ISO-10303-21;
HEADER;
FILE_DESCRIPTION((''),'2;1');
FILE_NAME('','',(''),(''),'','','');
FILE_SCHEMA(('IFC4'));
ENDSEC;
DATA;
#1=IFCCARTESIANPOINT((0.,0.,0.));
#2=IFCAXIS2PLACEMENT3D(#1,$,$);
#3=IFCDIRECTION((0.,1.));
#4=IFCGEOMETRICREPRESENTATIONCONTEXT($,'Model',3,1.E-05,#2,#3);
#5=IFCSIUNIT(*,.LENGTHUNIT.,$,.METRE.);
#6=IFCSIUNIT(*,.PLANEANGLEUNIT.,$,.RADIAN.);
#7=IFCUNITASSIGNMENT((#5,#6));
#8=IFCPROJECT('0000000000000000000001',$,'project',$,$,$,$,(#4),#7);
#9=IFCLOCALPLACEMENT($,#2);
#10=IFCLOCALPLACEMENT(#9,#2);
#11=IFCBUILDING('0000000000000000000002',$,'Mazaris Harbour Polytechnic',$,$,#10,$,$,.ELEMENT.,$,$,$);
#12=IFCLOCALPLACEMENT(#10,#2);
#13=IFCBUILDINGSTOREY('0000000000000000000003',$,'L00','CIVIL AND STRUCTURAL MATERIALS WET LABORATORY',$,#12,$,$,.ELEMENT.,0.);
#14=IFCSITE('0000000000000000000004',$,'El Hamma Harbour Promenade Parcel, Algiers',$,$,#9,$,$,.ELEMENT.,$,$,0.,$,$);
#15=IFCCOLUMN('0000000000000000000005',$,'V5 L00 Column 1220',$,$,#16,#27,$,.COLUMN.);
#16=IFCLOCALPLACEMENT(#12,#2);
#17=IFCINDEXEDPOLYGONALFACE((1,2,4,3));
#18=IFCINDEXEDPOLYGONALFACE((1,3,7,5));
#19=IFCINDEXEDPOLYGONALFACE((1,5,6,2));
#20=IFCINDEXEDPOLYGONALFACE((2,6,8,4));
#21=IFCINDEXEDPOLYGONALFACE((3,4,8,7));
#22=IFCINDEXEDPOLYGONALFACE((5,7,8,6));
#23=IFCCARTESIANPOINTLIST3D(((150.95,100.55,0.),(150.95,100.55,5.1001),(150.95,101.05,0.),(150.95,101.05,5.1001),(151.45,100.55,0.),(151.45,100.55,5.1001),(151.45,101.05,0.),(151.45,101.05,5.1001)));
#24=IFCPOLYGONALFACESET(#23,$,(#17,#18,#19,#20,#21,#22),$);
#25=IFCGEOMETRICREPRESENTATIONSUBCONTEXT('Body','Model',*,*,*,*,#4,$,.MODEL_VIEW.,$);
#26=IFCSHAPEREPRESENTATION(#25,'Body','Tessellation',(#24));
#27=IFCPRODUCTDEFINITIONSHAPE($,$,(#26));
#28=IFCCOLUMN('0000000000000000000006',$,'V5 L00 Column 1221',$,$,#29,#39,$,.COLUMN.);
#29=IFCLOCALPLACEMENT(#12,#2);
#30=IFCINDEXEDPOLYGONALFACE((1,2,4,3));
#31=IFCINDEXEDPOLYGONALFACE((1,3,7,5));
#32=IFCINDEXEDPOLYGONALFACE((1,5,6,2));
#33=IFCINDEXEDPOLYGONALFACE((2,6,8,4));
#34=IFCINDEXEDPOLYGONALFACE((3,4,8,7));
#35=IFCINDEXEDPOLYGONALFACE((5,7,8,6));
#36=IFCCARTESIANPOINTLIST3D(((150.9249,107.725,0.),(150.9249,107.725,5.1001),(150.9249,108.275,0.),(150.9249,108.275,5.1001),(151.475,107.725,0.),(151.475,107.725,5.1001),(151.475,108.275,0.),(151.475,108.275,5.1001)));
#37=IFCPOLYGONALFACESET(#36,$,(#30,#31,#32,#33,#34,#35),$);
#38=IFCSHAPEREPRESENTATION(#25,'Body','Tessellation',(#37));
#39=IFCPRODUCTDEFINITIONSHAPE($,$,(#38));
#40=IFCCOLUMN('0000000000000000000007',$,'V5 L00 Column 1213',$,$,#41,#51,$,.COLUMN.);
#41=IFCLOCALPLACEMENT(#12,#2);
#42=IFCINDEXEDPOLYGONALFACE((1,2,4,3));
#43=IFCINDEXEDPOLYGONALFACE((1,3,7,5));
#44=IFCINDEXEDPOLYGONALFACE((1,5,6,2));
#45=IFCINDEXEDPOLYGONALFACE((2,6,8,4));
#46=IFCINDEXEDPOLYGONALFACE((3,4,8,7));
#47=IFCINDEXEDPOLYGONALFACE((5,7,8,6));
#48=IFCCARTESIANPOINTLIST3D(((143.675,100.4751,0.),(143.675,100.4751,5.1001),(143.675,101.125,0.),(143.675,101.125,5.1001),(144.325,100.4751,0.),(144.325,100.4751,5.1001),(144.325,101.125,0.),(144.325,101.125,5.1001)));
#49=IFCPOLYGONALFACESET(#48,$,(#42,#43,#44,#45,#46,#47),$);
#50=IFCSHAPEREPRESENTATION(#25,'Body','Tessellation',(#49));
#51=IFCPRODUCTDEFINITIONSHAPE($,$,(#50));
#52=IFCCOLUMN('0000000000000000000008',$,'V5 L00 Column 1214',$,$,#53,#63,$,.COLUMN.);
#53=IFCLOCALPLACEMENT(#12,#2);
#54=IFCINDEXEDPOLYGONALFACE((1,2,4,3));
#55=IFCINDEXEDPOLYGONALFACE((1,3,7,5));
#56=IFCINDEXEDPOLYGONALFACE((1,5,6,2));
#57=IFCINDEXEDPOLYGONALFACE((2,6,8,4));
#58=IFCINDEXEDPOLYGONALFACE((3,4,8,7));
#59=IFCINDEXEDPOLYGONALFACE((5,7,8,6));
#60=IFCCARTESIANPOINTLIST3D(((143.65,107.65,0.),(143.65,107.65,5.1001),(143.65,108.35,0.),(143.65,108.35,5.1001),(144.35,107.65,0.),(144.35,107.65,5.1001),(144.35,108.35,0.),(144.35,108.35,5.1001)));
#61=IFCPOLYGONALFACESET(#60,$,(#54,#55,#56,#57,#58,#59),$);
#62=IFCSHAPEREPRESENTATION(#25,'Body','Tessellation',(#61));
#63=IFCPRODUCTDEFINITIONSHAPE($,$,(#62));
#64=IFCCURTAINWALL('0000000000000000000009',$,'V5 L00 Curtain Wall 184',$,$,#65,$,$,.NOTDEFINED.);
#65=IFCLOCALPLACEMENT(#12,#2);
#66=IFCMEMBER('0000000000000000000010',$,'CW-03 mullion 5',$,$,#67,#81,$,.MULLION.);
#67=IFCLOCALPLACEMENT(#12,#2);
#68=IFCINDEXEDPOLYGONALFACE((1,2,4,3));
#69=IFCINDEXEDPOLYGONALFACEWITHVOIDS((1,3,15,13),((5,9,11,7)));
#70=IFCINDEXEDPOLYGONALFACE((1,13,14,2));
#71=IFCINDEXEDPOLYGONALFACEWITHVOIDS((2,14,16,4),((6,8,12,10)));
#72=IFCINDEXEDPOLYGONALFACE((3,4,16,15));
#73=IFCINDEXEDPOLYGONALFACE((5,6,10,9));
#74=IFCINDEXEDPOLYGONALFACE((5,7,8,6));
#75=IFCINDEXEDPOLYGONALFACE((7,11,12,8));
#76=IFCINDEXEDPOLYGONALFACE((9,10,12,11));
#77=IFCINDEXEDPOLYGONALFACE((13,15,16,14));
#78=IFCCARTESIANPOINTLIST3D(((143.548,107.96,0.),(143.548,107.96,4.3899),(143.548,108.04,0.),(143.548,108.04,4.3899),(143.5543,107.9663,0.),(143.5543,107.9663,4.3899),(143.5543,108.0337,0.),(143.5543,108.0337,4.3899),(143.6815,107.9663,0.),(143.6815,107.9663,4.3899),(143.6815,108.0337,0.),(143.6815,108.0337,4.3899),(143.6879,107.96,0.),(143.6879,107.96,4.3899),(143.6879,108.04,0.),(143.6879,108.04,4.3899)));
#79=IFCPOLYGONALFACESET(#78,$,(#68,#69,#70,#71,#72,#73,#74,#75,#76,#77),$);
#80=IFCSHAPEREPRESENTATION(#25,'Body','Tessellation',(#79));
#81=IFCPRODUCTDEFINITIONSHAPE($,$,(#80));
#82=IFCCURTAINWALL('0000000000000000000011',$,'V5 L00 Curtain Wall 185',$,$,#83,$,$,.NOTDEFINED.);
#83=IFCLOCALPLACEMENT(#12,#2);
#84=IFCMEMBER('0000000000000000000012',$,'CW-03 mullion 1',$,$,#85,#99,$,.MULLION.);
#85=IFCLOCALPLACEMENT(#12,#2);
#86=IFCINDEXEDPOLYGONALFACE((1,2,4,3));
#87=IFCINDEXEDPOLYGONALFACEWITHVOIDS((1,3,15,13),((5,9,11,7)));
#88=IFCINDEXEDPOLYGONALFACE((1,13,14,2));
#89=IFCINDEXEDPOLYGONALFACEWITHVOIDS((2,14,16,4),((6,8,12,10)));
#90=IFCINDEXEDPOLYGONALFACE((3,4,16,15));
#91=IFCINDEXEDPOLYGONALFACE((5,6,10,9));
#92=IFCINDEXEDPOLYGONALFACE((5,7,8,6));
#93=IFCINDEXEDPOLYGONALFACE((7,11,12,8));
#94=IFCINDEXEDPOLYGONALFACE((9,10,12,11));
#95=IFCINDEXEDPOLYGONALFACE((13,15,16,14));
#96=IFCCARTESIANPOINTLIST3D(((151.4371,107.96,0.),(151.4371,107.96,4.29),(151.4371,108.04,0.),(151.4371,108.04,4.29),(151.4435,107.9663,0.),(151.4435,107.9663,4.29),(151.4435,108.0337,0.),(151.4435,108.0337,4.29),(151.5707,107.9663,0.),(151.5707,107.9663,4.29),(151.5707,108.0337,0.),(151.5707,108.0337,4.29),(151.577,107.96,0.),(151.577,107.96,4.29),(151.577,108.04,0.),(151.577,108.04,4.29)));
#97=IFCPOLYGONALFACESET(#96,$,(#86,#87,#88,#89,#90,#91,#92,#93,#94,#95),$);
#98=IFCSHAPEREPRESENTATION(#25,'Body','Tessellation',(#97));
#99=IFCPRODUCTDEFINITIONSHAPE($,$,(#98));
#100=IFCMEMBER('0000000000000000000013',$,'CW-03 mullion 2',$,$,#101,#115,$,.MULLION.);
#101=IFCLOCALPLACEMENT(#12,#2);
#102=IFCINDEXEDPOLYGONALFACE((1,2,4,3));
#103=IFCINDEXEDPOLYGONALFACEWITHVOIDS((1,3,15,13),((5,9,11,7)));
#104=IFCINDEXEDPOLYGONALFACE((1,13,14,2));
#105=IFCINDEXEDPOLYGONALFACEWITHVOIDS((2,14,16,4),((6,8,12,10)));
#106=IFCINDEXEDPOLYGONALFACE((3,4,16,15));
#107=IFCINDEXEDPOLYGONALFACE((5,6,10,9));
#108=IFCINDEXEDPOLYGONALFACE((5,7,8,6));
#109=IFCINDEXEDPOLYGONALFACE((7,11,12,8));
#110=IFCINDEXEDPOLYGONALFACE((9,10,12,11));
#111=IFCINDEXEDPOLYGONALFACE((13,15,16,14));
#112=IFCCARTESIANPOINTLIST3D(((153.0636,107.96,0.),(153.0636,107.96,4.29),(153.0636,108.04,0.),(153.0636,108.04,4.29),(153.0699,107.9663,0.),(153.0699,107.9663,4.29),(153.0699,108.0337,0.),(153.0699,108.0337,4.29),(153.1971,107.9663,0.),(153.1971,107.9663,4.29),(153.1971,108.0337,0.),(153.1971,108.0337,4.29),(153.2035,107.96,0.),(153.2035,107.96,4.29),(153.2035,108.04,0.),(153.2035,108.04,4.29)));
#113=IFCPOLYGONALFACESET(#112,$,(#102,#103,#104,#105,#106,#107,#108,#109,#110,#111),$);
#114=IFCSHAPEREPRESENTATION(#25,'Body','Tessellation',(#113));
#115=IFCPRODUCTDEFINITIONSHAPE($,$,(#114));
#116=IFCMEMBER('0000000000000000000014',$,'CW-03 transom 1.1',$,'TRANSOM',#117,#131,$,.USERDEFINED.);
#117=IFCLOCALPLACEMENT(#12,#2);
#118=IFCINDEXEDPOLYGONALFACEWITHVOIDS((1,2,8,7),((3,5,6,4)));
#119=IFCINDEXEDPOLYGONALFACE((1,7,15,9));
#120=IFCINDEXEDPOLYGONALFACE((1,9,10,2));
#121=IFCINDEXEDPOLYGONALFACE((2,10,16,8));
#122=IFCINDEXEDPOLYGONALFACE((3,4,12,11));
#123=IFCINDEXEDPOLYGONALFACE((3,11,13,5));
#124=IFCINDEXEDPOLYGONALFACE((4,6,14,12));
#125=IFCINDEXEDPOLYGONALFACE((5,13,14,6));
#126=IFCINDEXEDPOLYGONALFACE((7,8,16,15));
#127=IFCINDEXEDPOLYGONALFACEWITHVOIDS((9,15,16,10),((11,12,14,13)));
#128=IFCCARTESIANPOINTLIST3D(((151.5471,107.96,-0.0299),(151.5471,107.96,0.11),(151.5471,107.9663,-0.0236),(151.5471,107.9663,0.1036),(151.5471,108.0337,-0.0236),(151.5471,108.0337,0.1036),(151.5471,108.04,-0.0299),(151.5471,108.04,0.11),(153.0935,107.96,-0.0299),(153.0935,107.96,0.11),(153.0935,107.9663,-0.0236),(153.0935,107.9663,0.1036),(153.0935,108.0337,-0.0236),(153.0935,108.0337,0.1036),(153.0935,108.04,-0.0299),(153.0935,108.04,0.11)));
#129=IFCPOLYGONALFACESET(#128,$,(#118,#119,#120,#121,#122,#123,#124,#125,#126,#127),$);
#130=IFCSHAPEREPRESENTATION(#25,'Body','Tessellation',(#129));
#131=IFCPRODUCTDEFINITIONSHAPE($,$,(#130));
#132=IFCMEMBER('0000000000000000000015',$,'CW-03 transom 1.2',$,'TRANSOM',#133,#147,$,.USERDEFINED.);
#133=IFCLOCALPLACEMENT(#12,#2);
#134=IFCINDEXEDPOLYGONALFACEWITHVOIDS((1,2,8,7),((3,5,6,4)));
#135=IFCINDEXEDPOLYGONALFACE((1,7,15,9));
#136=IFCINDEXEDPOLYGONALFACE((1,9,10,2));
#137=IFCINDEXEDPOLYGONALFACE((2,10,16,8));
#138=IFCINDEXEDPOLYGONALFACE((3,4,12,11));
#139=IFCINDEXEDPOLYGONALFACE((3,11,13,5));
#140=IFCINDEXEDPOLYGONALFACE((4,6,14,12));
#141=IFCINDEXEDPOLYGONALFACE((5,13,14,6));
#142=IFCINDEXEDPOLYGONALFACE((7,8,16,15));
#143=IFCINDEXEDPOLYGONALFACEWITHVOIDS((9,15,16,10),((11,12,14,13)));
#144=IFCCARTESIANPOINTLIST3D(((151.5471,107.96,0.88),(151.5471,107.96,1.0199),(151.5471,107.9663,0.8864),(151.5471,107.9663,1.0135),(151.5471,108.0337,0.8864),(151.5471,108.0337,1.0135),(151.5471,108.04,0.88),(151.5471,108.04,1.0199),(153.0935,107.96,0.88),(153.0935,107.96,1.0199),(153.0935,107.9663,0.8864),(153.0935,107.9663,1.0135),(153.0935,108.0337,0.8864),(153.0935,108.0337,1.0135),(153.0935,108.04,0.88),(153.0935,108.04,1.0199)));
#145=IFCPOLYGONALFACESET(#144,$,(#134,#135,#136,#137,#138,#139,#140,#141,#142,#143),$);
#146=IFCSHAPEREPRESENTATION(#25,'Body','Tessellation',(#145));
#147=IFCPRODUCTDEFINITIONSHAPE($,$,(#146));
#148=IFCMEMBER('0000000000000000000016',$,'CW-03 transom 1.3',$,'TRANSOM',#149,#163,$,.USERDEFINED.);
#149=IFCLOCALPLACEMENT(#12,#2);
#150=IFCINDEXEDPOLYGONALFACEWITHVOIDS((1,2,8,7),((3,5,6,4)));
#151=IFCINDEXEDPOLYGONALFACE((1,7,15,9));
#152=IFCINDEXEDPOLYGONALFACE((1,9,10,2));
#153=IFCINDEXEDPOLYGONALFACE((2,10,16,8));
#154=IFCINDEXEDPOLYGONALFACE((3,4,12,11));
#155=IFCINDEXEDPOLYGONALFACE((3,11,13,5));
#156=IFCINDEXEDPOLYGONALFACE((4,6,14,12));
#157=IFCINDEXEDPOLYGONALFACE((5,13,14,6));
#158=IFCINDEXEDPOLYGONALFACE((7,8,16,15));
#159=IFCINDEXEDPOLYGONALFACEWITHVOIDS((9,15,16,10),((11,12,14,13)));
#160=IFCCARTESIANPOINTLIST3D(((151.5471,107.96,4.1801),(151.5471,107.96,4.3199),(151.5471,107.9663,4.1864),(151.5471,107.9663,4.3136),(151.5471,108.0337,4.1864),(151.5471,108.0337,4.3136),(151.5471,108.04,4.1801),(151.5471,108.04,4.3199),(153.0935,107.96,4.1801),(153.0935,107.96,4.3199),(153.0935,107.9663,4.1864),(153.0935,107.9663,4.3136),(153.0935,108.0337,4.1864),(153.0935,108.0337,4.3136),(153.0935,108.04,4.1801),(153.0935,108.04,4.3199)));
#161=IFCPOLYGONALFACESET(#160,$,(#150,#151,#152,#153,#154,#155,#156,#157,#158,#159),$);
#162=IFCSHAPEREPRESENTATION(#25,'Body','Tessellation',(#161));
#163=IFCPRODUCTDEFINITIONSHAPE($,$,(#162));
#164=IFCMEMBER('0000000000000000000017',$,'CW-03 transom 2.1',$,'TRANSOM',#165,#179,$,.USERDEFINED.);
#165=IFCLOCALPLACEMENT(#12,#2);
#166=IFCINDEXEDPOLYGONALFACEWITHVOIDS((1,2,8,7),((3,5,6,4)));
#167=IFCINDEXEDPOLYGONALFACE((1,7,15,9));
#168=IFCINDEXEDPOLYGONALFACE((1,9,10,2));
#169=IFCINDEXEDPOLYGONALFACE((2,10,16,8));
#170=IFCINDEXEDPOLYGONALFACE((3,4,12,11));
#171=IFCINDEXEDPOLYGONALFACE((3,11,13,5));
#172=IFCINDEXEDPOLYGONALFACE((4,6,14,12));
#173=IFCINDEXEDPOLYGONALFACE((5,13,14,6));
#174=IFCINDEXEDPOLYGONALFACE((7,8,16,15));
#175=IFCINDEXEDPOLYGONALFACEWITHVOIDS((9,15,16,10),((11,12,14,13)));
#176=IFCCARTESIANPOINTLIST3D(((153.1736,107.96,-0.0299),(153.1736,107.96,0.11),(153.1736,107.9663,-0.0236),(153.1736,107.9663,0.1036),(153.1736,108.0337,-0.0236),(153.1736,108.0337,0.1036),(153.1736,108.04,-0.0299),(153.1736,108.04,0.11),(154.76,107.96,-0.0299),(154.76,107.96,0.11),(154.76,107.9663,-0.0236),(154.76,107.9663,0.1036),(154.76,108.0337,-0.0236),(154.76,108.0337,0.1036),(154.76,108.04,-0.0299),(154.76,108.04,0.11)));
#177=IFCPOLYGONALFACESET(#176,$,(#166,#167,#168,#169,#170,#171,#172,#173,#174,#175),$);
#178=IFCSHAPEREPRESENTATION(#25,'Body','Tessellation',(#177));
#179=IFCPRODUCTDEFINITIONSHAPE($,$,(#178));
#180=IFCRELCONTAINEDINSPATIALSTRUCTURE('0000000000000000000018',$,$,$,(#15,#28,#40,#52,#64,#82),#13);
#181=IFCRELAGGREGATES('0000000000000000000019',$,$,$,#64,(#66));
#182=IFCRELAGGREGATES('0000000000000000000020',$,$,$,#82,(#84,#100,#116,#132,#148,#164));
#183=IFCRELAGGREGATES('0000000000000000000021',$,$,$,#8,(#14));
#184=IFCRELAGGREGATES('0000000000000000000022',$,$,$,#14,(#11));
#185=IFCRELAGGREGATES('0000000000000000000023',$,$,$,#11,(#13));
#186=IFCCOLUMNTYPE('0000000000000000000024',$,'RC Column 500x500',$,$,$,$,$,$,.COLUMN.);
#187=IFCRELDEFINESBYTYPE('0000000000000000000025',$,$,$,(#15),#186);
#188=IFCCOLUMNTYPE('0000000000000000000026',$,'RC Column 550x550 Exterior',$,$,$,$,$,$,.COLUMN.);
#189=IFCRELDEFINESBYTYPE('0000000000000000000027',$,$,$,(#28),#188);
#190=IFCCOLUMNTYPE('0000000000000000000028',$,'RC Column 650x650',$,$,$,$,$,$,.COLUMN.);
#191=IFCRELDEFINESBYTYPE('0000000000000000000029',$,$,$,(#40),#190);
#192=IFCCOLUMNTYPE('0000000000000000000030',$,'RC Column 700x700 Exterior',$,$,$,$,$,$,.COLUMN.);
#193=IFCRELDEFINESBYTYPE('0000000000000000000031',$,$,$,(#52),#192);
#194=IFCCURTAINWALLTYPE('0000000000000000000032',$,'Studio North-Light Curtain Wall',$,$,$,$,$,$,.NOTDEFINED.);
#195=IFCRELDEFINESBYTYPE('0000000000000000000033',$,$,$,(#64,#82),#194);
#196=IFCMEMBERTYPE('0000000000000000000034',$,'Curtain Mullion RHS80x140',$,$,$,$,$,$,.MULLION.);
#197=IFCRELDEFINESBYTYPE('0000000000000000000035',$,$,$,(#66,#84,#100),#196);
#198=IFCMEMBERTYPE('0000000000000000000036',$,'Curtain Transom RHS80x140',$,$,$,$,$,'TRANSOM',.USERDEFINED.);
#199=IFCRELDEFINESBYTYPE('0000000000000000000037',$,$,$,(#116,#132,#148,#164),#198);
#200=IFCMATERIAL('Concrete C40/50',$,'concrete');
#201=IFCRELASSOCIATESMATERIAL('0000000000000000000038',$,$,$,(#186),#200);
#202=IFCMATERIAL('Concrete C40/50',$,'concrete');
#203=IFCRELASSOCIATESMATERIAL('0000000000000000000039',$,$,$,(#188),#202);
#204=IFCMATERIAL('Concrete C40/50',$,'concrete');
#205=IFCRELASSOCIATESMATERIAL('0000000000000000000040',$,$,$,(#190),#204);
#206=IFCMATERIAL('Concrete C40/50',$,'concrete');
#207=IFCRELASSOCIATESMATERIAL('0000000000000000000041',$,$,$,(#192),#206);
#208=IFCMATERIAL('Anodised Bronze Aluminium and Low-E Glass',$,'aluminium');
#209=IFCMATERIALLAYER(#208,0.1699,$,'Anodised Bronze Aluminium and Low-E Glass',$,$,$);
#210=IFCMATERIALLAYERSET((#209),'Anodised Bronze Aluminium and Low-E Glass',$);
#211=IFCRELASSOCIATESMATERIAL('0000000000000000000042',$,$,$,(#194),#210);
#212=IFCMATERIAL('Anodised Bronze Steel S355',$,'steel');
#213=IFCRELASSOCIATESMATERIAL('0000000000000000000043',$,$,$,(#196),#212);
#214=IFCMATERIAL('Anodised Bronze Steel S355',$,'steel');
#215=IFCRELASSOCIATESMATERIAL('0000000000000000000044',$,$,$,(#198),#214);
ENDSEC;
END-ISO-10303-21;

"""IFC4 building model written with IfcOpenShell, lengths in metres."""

from ifc_helpers import new_model, si_unit, direction, frame, origin, origin_2d, place, context, subcontext, project, spatial, rectangle, hollow_rectangle, extrude, material, layer, layer_set, material_profile, profile_set, type_object, element, aggregate, save


model = new_model("IFC4")

# Units and contexts
model_context = context("Model", 3, precision=1e-05, world=origin(), true_north=direction((0.0, 1.0)))
body_context = subcontext(model_context, "Body", "Model", "MODEL_VIEW")
ifc_project = project(units=[si_unit("LENGTHUNIT", "METRE"), si_unit("PLANEANGLEUNIT", "RADIAN")], contexts=[model_context])

# Site, building, storey
site_placement = place(None, origin())
site = spatial("IfcSite", under=ifc_project, at=site_placement, Name="El Hamma Harbour Promenade Parcel, Algiers", CompositionType="ELEMENT", RefElevation=0.0)
building_placement = place(site_placement, origin())
building = spatial("IfcBuilding", under=site, at=building_placement, Name="Mazaris Harbour Polytechnic", CompositionType="ELEMENT")
storey_placement = place(building_placement, origin())
storey = spatial("IfcBuildingStorey", under=building, at=storey_placement, Name="L00", Description="CIVIL AND STRUCTURAL MATERIALS WET LABORATORY", CompositionType="ELEMENT", Elevation=0.0)

# Columns
ifc_material_1 = material(Name="Concrete C40/50", Category="concrete")
ifc_material_profile_1 = material_profile(ifc_material_1, rectangle(XDim=0.5, YDim=0.5, at=origin_2d()), Name="RECT500x500")
ifc_profile_set_1 = profile_set([ifc_material_profile_1], Name="Concrete C40/50")
column_type_1 = type_object("IfcColumnType", Name="RC Column 500x500", PredefinedType="COLUMN", material=ifc_profile_set_1)
column_1_placement = place(storey_placement, frame((151.2, 100.8, 0.0), z_axis=(0.0, 0.0, 1.0), x_axis=(1.0, 0.0, 0.0)))
element("IfcColumn", 1, at=column_1_placement, inside=storey, type_object=column_type_1, Name="V5 L00 Column 1220", PredefinedType="COLUMN", context=body_context, shape_type="SweptSolid", body=[
    extrude(rectangle(XDim=0.5, YDim=0.5, at=origin_2d()), origin(), (0.0, 0.0, 1.0), 5.1001),
])
ifc_material_2 = material(Name="Concrete C40/50", Category="concrete")
ifc_material_profile_2 = material_profile(ifc_material_2, rectangle(XDim=0.55, YDim=0.55, at=origin_2d()), Name="RECT550x550")
ifc_profile_set_2 = profile_set([ifc_material_profile_2], Name="Concrete C40/50")
column_type_2 = type_object("IfcColumnType", Name="RC Column 550x550 Exterior", PredefinedType="COLUMN", material=ifc_profile_set_2)
column_2_placement = place(storey_placement, frame((151.2, 108.0, 0.0), z_axis=(0.0, 0.0, 1.0), x_axis=(1.0, 0.0, 0.0)))
element("IfcColumn", 2, at=column_2_placement, inside=storey, type_object=column_type_2, Name="V5 L00 Column 1221", PredefinedType="COLUMN", context=body_context, shape_type="SweptSolid", body=[
    extrude(rectangle(XDim=0.55, YDim=0.55, at=origin_2d()), origin(), (0.0, 0.0, 1.0), 5.1001),
])
ifc_material_3 = material(Name="Concrete C40/50", Category="concrete")
ifc_material_profile_3 = material_profile(ifc_material_3, rectangle(XDim=0.6499, YDim=0.6499, at=origin_2d()), Name="RECT650x650")
ifc_profile_set_3 = profile_set([ifc_material_profile_3], Name="Concrete C40/50")
column_type_3 = type_object("IfcColumnType", Name="RC Column 650x650", PredefinedType="COLUMN", material=ifc_profile_set_3)
column_3_placement = place(storey_placement, frame((144.0, 100.8, 0.0), z_axis=(0.0, 0.0, 1.0), x_axis=(1.0, 0.0, 0.0)))
element("IfcColumn", 3, at=column_3_placement, inside=storey, type_object=column_type_3, Name="V5 L00 Column 1213", PredefinedType="COLUMN", context=body_context, shape_type="SweptSolid", body=[
    extrude(rectangle(XDim=0.6499, YDim=0.6499, at=origin_2d()), origin(), (0.0, 0.0, 1.0), 5.1001),
])
ifc_material_4 = material(Name="Concrete C40/50", Category="concrete")
ifc_material_profile_4 = material_profile(ifc_material_4, rectangle(XDim=0.7, YDim=0.7, at=origin_2d()), Name="RECT700x700")
ifc_profile_set_4 = profile_set([ifc_material_profile_4], Name="Concrete C40/50")
column_type_4 = type_object("IfcColumnType", Name="RC Column 700x700 Exterior", PredefinedType="COLUMN", material=ifc_profile_set_4)
column_4_placement = place(storey_placement, frame((144.0, 108.0, 0.0), z_axis=(0.0, 0.0, 1.0), x_axis=(1.0, 0.0, 0.0)))
element("IfcColumn", 4, at=column_4_placement, inside=storey, type_object=column_type_4, Name="V5 L00 Column 1214", PredefinedType="COLUMN", context=body_context, shape_type="SweptSolid", body=[
    extrude(rectangle(XDim=0.7, YDim=0.7, at=origin_2d()), origin(), (0.0, 0.0, 1.0), 5.1001),
])

# Curtain wall, member
ifc_material_5 = material(Name="Anodised Bronze Aluminium and Low-E Glass", Category="aluminium")
ifc_layer_1 = layer(ifc_material_5, 0.1699, Name="Anodised Bronze Aluminium and Low-E Glass")
ifc_layer_set_1 = layer_set([ifc_layer_1], Name="Anodised Bronze Aluminium and Low-E Glass")
curtain_wall_type = type_object("IfcCurtainWallType", Name="Studio North-Light Curtain Wall", PredefinedType="NOTDEFINED", material=ifc_layer_set_1)
curtain_wall_1_placement = place(storey_placement, origin())
curtain_wall_1 = element("IfcCurtainWall", 5, at=curtain_wall_1_placement, inside=storey, type_object=curtain_wall_type, Name="V5 L00 Curtain Wall 184", PredefinedType="NOTDEFINED")
ifc_material_6 = material(Name="Anodised Bronze Steel S355", Category="steel")
ifc_material_profile_5 = material_profile(ifc_material_6, hollow_rectangle(XDim=0.0801, YDim=0.1399, WallThickness=0.0063, at=origin_2d()), Name="RHS 80x140x6.3")
ifc_profile_set_5 = profile_set([ifc_material_profile_5], Name="Anodised Bronze Steel S355")
member_type_1 = type_object("IfcMemberType", Name="Curtain Mullion RHS80x140", PredefinedType="MULLION", material=ifc_profile_set_5)
member_1_placement = place(storey_placement, frame((143.6179, 108.0, 0.0), z_axis=(0.0, 0.0, 1.0), x_axis=(0.0, 1.0, 0.0)))
member_1 = element("IfcMember", 6, at=member_1_placement, type_object=member_type_1, Name="CW-03 mullion 5", PredefinedType="MULLION", context=body_context, shape_type="SweptSolid", body=[
    extrude(hollow_rectangle(XDim=0.0801, YDim=0.1399, WallThickness=0.0063, at=origin_2d()), origin(), (0.0, 0.0, 1.0), 4.3899),
])

# Curtain wall, members
curtain_wall_2_placement = place(storey_placement, origin())
curtain_wall_2 = element("IfcCurtainWall", 7, at=curtain_wall_2_placement, inside=storey, type_object=curtain_wall_type, Name="V5 L00 Curtain Wall 185", PredefinedType="NOTDEFINED")
member_2_placement = place(storey_placement, frame((151.5071, 108.0, 0.0), z_axis=(0.0, 0.0, 1.0), x_axis=(0.0, 1.0, 0.0)))
member_2 = element("IfcMember", 8, at=member_2_placement, type_object=member_type_1, Name="CW-03 mullion 1", PredefinedType="MULLION", context=body_context, shape_type="SweptSolid", body=[
    extrude(hollow_rectangle(XDim=0.0801, YDim=0.1399, WallThickness=0.0063, at=origin_2d()), origin(), (0.0, 0.0, 1.0), 4.29),
])
member_3_placement = place(storey_placement, frame((153.1335, 108.0, 0.0), z_axis=(0.0, 0.0, 1.0), x_axis=(0.0, 1.0, 0.0)))
member_3 = element("IfcMember", 9, at=member_3_placement, type_object=member_type_1, Name="CW-03 mullion 2", PredefinedType="MULLION", context=body_context, shape_type="SweptSolid", body=[
    extrude(hollow_rectangle(XDim=0.0801, YDim=0.1399, WallThickness=0.0063, at=origin_2d()), origin(), (0.0, 0.0, 1.0), 4.29),
])
ifc_material_7 = material(Name="Anodised Bronze Steel S355", Category="steel")
ifc_material_profile_6 = material_profile(ifc_material_7, hollow_rectangle(XDim=0.0801, YDim=0.1399, WallThickness=0.0063, at=origin_2d()), Name="RHS 80x140x6.3")
ifc_profile_set_6 = profile_set([ifc_material_profile_6], Name="Anodised Bronze Steel S355")
member_type_2 = type_object("IfcMemberType", Name="Curtain Transom RHS80x140", ElementType="TRANSOM", PredefinedType="USERDEFINED", material=ifc_profile_set_6)
member_4_placement = place(storey_placement, frame((151.5471, 108.0, 0.04), z_axis=(1.0, 0.0, 0.0), x_axis=(0.0, 1.0, 0.0)))
member_4 = element("IfcMember", 10, at=member_4_placement, type_object=member_type_2, Name="CW-03 transom 1.1", ObjectType="TRANSOM", PredefinedType="USERDEFINED", context=body_context, shape_type="SweptSolid", body=[
    extrude(hollow_rectangle(XDim=0.0801, YDim=0.1399, WallThickness=0.0063, at=origin_2d()), origin(), (0.0, 0.0, 1.0), 1.5464),
])
member_5_placement = place(storey_placement, frame((151.5471, 108.0, 0.95), z_axis=(1.0, 0.0, 0.0), x_axis=(0.0, 1.0, 0.0)))
member_5 = element("IfcMember", 11, at=member_5_placement, type_object=member_type_2, Name="CW-03 transom 1.2", ObjectType="TRANSOM", PredefinedType="USERDEFINED", context=body_context, shape_type="SweptSolid", body=[
    extrude(hollow_rectangle(XDim=0.0801, YDim=0.1399, WallThickness=0.0063, at=origin_2d()), origin(), (0.0, 0.0, 1.0), 1.5464),
])
member_6_placement = place(storey_placement, frame((151.5471, 108.0, 4.25), z_axis=(1.0, 0.0, 0.0), x_axis=(0.0, 1.0, 0.0)))
member_6 = element("IfcMember", 12, at=member_6_placement, type_object=member_type_2, Name="CW-03 transom 1.3", ObjectType="TRANSOM", PredefinedType="USERDEFINED", context=body_context, shape_type="SweptSolid", body=[
    extrude(hollow_rectangle(XDim=0.0801, YDim=0.1399, WallThickness=0.0063, at=origin_2d()), origin(), (0.0, 0.0, 1.0), 1.5464),
])
member_7_placement = place(storey_placement, frame((153.1736, 108.0, 0.04), z_axis=(1.0, 0.0, 0.0), x_axis=(0.0, 1.0, 0.0)))
member_7 = element("IfcMember", 13, at=member_7_placement, type_object=member_type_2, Name="CW-03 transom 2.1", ObjectType="TRANSOM", PredefinedType="USERDEFINED", context=body_context, shape_type="SweptSolid", body=[
    extrude(hollow_rectangle(XDim=0.0801, YDim=0.1399, WallThickness=0.0063, at=origin_2d()), origin(), (0.0, 0.0, 1.0), 1.5864),
])

aggregate(curtain_wall_1, [member_1])
aggregate(curtain_wall_2, [member_2, member_3, member_4, member_5, member_6, member_7])

save(model, "model.ifc")
